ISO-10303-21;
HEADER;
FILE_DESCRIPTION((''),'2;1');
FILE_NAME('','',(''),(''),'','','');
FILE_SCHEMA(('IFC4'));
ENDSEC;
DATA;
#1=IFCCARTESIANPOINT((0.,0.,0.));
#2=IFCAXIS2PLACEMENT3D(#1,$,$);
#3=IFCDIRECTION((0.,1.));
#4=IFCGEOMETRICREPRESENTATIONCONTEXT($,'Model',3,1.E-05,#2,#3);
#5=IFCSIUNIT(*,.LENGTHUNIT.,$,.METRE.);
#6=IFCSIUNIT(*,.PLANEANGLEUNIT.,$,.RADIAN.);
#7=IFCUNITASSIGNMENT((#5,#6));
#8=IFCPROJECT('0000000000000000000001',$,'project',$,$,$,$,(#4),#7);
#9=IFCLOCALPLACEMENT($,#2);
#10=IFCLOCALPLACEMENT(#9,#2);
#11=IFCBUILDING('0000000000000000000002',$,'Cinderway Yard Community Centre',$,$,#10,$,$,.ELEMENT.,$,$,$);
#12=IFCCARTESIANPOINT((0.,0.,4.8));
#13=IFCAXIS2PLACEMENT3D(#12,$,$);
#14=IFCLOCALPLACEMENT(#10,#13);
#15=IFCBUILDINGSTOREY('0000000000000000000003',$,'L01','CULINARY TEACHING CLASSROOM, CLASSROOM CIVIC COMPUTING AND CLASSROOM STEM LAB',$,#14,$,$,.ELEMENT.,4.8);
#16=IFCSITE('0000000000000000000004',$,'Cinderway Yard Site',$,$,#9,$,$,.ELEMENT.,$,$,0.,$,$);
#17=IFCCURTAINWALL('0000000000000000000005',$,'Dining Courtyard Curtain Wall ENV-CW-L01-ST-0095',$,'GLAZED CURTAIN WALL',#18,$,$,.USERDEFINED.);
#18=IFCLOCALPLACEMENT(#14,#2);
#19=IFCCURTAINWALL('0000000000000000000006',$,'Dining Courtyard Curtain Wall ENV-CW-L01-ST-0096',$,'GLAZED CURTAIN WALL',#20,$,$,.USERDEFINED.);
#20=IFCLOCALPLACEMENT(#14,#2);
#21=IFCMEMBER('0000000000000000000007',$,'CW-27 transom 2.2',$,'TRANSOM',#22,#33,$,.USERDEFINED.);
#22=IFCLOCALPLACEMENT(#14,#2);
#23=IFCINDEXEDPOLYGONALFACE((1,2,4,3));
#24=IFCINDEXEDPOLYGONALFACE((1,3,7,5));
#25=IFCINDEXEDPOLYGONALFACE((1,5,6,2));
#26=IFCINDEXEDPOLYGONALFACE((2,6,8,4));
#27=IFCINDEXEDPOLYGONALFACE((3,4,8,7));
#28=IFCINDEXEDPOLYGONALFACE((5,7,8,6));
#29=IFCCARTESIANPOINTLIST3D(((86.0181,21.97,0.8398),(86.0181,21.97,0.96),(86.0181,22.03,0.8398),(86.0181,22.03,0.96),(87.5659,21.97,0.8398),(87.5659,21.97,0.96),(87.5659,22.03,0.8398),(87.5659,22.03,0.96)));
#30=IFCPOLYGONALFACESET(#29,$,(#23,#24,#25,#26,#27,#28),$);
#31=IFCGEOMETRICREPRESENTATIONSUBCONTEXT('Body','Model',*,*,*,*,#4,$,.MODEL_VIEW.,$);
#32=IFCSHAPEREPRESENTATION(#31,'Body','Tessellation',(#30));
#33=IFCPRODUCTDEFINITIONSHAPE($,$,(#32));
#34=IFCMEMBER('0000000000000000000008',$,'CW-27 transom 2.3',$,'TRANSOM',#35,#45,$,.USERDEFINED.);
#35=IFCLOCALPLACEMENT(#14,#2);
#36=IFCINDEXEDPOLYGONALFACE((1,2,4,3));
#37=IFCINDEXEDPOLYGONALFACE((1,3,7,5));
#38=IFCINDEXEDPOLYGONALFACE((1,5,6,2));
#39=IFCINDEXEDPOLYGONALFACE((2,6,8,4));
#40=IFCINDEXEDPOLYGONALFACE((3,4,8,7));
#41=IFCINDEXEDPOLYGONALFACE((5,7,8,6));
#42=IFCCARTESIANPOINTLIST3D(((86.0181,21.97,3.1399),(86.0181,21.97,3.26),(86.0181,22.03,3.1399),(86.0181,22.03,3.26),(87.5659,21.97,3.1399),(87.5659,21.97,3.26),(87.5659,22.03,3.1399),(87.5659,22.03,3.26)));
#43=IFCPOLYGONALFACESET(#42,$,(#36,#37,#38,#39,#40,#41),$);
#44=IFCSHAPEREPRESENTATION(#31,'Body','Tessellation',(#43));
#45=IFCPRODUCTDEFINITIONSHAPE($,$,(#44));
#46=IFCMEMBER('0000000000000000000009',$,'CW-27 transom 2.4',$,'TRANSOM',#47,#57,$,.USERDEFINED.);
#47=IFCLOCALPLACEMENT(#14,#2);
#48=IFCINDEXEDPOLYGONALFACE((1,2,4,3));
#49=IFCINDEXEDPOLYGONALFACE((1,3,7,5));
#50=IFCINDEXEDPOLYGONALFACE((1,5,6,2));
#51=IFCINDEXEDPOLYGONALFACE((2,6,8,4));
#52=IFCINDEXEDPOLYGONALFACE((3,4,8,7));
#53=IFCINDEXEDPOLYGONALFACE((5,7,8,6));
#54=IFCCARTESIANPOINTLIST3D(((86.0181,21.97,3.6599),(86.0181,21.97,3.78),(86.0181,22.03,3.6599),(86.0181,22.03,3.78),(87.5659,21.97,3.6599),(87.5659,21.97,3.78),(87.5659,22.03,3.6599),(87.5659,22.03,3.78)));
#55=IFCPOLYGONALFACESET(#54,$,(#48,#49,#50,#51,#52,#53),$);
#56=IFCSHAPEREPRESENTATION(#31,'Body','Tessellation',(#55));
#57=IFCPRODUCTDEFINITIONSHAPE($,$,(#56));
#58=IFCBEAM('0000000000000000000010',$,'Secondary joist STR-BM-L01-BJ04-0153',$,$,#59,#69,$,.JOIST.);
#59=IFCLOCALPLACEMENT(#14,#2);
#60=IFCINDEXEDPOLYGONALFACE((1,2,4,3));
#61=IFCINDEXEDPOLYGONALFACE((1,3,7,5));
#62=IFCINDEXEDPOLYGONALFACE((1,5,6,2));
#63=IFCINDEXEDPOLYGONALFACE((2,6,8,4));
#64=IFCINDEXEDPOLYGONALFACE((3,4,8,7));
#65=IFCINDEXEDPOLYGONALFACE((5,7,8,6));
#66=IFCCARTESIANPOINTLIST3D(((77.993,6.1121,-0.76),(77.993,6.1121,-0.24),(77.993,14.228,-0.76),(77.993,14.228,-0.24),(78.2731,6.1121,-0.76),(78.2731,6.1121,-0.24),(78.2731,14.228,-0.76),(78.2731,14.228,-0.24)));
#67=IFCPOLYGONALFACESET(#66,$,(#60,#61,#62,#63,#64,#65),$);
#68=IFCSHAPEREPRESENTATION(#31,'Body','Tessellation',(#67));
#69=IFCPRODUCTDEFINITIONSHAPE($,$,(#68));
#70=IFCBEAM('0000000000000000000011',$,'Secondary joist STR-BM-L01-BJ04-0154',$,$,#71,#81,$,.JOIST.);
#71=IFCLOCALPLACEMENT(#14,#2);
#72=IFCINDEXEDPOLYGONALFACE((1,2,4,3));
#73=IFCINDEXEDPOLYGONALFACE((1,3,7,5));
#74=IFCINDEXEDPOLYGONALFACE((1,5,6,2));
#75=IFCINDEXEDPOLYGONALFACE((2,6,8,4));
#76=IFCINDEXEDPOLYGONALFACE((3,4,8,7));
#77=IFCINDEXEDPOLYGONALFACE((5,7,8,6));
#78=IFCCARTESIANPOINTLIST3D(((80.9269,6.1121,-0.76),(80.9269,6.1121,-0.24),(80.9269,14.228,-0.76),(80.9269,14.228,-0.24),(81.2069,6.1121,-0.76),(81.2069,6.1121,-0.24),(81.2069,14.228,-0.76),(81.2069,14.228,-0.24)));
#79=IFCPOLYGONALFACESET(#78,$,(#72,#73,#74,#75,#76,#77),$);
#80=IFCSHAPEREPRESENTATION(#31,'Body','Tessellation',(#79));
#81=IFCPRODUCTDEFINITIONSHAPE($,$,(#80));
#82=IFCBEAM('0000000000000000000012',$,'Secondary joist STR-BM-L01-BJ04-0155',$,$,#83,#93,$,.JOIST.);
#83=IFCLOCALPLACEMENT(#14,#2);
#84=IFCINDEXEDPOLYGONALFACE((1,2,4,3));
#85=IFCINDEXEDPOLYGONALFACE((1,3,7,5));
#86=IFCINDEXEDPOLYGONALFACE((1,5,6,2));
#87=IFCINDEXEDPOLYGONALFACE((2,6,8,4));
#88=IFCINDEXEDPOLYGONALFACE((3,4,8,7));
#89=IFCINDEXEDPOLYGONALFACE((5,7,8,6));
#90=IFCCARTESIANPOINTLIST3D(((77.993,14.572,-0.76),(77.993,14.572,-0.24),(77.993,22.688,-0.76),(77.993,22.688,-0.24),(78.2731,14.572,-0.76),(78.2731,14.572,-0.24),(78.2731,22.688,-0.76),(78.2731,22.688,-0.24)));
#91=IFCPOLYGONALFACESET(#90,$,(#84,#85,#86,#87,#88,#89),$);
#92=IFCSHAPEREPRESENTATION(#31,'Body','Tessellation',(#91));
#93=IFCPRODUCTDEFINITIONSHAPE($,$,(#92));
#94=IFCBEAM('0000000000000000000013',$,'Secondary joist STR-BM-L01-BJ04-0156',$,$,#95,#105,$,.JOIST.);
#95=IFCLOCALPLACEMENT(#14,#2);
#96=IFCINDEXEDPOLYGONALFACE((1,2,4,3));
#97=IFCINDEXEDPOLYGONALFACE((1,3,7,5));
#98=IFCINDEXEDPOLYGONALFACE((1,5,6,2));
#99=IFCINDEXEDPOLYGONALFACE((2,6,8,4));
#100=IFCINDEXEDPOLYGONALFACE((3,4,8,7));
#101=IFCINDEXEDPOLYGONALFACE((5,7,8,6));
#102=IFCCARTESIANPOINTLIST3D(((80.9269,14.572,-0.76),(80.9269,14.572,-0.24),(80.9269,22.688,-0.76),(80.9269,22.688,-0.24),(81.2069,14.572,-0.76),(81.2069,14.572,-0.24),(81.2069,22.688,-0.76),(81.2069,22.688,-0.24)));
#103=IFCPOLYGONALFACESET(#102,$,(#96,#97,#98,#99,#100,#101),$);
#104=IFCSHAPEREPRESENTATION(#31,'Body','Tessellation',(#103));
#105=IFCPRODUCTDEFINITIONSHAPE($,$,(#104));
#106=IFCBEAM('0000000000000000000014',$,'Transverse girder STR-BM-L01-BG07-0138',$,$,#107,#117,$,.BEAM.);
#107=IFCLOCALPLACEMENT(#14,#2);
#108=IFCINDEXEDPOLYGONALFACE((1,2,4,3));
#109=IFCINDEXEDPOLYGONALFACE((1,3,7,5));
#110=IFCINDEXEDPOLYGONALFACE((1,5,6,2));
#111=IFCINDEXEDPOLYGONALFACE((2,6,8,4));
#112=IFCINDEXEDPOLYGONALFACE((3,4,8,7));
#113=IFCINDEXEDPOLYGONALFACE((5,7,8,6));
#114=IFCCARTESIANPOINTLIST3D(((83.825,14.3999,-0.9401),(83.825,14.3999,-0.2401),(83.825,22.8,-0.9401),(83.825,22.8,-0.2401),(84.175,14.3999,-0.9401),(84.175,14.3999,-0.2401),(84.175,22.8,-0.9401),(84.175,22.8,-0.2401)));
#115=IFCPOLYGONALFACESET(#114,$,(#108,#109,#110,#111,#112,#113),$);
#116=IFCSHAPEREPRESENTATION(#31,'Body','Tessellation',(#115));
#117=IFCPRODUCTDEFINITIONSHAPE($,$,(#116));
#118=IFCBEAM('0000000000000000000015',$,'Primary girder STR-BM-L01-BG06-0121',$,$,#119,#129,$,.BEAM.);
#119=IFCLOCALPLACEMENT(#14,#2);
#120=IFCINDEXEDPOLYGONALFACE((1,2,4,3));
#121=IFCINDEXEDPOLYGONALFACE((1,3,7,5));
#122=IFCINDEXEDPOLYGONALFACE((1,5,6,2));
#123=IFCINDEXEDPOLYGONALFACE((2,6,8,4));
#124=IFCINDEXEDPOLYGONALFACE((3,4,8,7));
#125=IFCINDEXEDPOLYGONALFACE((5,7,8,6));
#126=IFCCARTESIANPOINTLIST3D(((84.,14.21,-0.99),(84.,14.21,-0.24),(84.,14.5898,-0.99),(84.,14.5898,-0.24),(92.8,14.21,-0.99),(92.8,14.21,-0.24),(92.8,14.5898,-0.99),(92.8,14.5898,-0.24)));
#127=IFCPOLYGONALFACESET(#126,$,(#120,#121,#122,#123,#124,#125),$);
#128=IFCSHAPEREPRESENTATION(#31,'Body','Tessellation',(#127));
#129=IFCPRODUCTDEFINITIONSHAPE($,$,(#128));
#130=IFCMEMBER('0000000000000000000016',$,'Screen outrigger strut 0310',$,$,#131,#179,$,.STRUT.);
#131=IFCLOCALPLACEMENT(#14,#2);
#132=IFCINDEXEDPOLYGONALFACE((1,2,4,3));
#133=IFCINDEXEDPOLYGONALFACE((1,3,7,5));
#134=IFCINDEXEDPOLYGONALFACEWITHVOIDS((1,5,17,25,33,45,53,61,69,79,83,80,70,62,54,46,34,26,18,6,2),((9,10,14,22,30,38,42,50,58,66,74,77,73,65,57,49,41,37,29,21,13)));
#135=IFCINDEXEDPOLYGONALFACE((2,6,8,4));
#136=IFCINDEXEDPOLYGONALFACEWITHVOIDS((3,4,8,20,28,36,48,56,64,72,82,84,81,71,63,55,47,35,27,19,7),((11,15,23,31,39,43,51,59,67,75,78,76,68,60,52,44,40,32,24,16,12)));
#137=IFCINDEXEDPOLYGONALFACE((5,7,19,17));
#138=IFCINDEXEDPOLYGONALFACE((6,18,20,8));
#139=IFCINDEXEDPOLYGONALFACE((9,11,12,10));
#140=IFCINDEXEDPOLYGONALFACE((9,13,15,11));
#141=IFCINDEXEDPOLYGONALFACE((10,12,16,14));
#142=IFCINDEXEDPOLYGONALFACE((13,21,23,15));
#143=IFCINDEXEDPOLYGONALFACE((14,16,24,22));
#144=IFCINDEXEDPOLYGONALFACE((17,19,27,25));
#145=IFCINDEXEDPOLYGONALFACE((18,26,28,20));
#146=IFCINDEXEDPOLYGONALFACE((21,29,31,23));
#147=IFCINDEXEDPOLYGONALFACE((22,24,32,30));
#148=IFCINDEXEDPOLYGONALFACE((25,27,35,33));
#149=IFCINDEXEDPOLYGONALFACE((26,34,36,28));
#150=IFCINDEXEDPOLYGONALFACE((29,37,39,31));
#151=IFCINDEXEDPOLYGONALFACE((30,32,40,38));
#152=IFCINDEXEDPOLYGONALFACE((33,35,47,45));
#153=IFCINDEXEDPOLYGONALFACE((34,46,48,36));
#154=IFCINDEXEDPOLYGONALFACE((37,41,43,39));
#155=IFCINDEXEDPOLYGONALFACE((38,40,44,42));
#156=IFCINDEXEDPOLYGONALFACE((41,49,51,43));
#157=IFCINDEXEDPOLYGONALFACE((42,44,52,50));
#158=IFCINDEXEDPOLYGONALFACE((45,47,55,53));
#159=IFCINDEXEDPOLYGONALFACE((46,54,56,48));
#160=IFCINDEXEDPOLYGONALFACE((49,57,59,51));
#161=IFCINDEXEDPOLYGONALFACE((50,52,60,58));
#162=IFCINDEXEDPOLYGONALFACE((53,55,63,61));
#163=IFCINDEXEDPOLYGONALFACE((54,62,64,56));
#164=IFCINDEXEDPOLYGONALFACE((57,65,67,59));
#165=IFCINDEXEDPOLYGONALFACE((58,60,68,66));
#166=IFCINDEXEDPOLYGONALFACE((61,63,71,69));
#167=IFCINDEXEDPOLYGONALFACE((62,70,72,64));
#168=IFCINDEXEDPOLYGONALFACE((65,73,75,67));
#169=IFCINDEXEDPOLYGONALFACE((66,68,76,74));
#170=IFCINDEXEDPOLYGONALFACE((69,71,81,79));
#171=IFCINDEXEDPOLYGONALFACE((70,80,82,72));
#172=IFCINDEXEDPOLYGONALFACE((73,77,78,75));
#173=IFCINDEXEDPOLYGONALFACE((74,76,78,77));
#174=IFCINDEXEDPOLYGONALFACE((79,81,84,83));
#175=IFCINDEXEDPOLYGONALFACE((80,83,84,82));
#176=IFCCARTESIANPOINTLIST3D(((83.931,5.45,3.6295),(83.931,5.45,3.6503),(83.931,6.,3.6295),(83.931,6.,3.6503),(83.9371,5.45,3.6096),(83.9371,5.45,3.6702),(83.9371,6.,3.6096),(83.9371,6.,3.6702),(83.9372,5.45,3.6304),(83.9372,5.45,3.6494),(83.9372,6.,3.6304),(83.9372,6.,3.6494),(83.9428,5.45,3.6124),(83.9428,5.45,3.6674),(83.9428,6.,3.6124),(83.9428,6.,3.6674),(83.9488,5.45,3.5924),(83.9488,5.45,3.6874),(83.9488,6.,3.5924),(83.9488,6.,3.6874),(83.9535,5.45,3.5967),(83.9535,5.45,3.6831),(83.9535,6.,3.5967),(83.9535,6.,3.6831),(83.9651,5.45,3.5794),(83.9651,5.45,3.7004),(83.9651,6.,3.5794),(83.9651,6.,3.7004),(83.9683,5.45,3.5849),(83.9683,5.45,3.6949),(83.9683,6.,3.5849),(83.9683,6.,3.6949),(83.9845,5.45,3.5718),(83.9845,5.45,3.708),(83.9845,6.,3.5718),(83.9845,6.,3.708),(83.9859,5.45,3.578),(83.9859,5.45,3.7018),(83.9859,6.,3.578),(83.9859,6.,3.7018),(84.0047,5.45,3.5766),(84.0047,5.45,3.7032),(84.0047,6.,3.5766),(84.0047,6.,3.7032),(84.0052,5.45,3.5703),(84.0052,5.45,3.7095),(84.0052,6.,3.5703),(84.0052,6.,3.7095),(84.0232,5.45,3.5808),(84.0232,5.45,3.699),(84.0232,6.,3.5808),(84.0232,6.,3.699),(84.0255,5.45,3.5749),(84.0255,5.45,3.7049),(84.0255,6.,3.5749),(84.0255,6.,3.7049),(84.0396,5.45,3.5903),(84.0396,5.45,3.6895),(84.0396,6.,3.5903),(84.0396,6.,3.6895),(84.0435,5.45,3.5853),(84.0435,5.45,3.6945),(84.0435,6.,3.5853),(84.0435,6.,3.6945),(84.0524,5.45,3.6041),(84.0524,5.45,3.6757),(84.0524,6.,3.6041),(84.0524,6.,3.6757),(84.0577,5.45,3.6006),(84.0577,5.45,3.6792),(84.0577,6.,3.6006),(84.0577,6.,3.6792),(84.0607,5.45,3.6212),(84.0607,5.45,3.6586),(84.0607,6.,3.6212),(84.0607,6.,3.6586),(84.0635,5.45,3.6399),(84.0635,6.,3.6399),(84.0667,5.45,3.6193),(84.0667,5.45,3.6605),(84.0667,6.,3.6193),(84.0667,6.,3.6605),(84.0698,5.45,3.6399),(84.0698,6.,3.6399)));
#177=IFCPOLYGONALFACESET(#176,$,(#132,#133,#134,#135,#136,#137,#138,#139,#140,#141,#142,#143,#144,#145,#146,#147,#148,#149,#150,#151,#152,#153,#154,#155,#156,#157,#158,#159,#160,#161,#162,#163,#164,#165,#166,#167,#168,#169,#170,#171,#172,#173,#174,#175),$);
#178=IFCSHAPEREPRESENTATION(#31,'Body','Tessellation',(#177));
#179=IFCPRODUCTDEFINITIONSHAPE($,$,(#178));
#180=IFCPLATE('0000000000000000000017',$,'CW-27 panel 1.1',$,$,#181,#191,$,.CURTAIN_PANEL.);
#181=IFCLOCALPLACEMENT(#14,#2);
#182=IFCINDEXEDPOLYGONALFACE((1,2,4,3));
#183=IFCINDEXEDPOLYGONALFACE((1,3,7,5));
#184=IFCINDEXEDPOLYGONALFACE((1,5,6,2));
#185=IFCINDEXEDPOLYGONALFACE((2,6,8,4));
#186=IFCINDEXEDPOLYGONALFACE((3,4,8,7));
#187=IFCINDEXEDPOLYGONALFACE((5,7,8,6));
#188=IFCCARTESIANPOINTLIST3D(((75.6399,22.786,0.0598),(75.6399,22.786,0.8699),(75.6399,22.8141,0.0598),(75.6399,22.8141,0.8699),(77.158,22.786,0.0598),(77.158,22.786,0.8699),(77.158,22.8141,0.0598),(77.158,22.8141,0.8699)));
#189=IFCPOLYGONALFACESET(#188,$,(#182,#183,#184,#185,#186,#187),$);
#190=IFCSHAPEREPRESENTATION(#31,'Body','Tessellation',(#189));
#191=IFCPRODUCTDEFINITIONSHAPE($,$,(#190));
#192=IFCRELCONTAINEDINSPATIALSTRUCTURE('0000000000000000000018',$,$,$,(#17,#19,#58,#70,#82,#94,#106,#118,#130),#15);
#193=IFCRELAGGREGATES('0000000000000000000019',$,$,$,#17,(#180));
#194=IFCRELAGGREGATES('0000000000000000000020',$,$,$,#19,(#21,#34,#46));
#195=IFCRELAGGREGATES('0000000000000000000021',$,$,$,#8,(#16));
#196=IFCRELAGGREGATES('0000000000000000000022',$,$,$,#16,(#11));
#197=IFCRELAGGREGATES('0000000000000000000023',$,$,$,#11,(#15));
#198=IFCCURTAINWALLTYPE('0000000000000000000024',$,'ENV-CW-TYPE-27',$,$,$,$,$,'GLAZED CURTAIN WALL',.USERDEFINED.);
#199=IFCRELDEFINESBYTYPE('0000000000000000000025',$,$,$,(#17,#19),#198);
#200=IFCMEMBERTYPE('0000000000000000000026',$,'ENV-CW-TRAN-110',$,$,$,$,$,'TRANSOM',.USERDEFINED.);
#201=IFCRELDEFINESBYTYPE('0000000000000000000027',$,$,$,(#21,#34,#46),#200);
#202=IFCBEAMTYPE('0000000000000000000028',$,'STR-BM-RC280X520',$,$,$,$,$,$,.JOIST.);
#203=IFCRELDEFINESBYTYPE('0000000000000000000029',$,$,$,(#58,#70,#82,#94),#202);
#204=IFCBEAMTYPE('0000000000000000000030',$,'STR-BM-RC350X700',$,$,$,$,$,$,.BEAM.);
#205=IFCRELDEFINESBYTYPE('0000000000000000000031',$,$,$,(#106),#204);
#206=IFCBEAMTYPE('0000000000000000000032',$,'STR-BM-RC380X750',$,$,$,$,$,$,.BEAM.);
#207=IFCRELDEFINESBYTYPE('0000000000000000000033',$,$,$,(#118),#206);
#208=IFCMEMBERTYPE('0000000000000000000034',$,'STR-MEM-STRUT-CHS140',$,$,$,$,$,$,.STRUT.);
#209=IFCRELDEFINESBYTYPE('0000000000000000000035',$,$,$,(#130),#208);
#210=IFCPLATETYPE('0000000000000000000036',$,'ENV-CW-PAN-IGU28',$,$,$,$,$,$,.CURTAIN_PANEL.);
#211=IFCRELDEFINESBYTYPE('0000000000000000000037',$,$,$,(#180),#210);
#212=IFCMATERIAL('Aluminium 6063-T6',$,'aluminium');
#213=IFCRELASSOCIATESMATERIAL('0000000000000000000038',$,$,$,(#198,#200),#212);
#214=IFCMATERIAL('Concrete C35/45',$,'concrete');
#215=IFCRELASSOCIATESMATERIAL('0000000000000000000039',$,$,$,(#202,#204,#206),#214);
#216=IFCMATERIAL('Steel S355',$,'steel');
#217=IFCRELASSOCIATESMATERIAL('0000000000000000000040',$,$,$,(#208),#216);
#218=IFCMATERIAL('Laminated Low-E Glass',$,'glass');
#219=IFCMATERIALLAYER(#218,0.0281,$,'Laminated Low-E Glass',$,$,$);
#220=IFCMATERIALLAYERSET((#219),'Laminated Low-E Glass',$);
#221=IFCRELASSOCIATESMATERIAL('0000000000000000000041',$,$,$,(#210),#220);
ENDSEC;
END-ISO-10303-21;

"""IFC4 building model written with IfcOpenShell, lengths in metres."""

from ifc_helpers import new_model, si_unit, direction, frame, origin, origin_2d, place, context, subcontext, project, spatial, rectangle, hollow_circle, extrude, material, layer, layer_set, material_profile, profile_set, type_object, element, aggregate, save


model = new_model("IFC4")

# Units and contexts
model_context = context("Model", 3, precision=1e-05, world=origin(), true_north=direction((0.0, 1.0)))
body_context = subcontext(model_context, "Body", "Model", "MODEL_VIEW")
ifc_project = project(units=[si_unit("LENGTHUNIT", "METRE"), si_unit("PLANEANGLEUNIT", "RADIAN")], contexts=[model_context])

# Site, building, storey
site_placement = place(None, origin())
site = spatial("IfcSite", under=ifc_project, at=site_placement, Name="Cinderway Yard Site", CompositionType="ELEMENT", RefElevation=0.0)
building_placement = place(site_placement, origin())
building = spatial("IfcBuilding", under=site, at=building_placement, Name="Cinderway Yard Community Centre", CompositionType="ELEMENT")
storey_placement = place(building_placement, frame((0.0, 0.0, 4.8)))
storey = spatial("IfcBuildingStorey", under=building, at=storey_placement, Name="L01", Description="CULINARY TEACHING CLASSROOM, CLASSROOM CIVIC COMPUTING AND CLASSROOM STEM LAB", CompositionType="ELEMENT", Elevation=4.8)

# Curtain walls
ifc_material_1 = material(Name="Aluminium 6063-T6", Category="aluminium")
curtain_wall_type = type_object("IfcCurtainWallType", Name="ENV-CW-TYPE-27", ElementType="GLAZED CURTAIN WALL", PredefinedType="USERDEFINED", material=ifc_material_1)
curtain_wall_1_placement = place(storey_placement, origin())
curtain_wall_1 = element("IfcCurtainWall", 1, at=curtain_wall_1_placement, inside=storey, type_object=curtain_wall_type, Name="Dining Courtyard Curtain Wall ENV-CW-L01-ST-0095", ObjectType="GLAZED CURTAIN WALL", PredefinedType="USERDEFINED")
curtain_wall_2_placement = place(storey_placement, origin())
curtain_wall_2 = element("IfcCurtainWall", 2, at=curtain_wall_2_placement, inside=storey, type_object=curtain_wall_type, Name="Dining Courtyard Curtain Wall ENV-CW-L01-ST-0096", ObjectType="GLAZED CURTAIN WALL", PredefinedType="USERDEFINED")

# Members
ifc_material_profile_1 = material_profile(ifc_material_1, rectangle(XDim=0.0601, YDim=0.1201, at=origin_2d()), Name="Aluminium 6063-T6")
ifc_profile_set_1 = profile_set([ifc_material_profile_1], Name="Aluminium 6063-T6")
member_type_1 = type_object("IfcMemberType", Name="ENV-CW-TRAN-110", ElementType="TRANSOM", PredefinedType="USERDEFINED", material=ifc_profile_set_1)
member_1_placement = place(storey_placement, frame((86.0181, 22.0, 0.8999), z_axis=(1.0, 0.0, 0.0), x_axis=(0.0, 1.0, 0.0)))
member_1 = element("IfcMember", 3, at=member_1_placement, type_object=member_type_1, Name="CW-27 transom 2.2", ObjectType="TRANSOM", PredefinedType="USERDEFINED", context=body_context, shape_type="SweptSolid", body=[
    extrude(rectangle(XDim=0.0601, YDim=0.1201, at=origin_2d()), origin(), (0.0, 0.0, 1.0), 1.5479),
])
member_2_placement = place(storey_placement, frame((86.0181, 22.0, 3.2), z_axis=(1.0, 0.0, 0.0), x_axis=(0.0, 1.0, 0.0)))
member_2 = element("IfcMember", 4, at=member_2_placement, type_object=member_type_1, Name="CW-27 transom 2.3", ObjectType="TRANSOM", PredefinedType="USERDEFINED", context=body_context, shape_type="SweptSolid", body=[
    extrude(rectangle(XDim=0.0601, YDim=0.1201, at=origin_2d()), origin(), (0.0, 0.0, 1.0), 1.5479),
])
member_3_placement = place(storey_placement, frame((86.0181, 22.0, 3.72), z_axis=(1.0, 0.0, 0.0), x_axis=(0.0, 1.0, 0.0)))
member_3 = element("IfcMember", 5, at=member_3_placement, type_object=member_type_1, Name="CW-27 transom 2.4", ObjectType="TRANSOM", PredefinedType="USERDEFINED", context=body_context, shape_type="SweptSolid", body=[
    extrude(rectangle(XDim=0.0601, YDim=0.1201, at=origin_2d()), origin(), (0.0, 0.0, 1.0), 1.5479),
])

# Beams
ifc_material_2 = material(Name="Concrete C35/45", Category="concrete")
ifc_material_profile_2 = material_profile(ifc_material_2, rectangle(XDim=0.28, YDim=0.52, at=origin_2d()), Name="Concrete C35/45")
ifc_profile_set_2 = profile_set([ifc_material_profile_2], Name="Concrete C35/45")
beam_type_1 = type_object("IfcBeamType", Name="STR-BM-RC280X520", PredefinedType="JOIST", material=ifc_profile_set_2)
for number, where, z_axis, x_axis, name in (
    (6, (78.1331, 6.1121, -0.5), (0.0, 1.0, 0.0), (-1.0, 0.0, 0.0), "Secondary joist STR-BM-L01-BJ04-0153"),
    (7, (81.0669, 6.1121, -0.5), (0.0, 1.0, 0.0), (-1.0, 0.0, 0.0), "Secondary joist STR-BM-L01-BJ04-0154"),
    (8, (78.1331, 14.572, -0.5), (0.0, 1.0, 0.0), (-1.0, 0.0, 0.0), "Secondary joist STR-BM-L01-BJ04-0155"),
    (9, (81.0669, 14.572, -0.5), (0.0, 1.0, 0.0), (-1.0, 0.0, 0.0), "Secondary joist STR-BM-L01-BJ04-0156"),
):
    element("IfcBeam", number, at=place(storey_placement, frame(where, z_axis=z_axis, x_axis=x_axis)), inside=storey, type_object=beam_type_1, Name=name, PredefinedType="JOIST", context=body_context, shape_type="SweptSolid", body=[
        extrude(rectangle(XDim=0.28, YDim=0.52, at=origin_2d()), origin(), (0.0, 0.0, 1.0), 8.116),
    ])
ifc_material_profile_3 = material_profile(ifc_material_2, rectangle(XDim=0.3501, YDim=0.7, at=origin_2d()), Name="Concrete C35/45")
ifc_profile_set_3 = profile_set([ifc_material_profile_3], Name="Concrete C35/45")
beam_type_2 = type_object("IfcBeamType", Name="STR-BM-RC350X700", PredefinedType="BEAM", material=ifc_profile_set_3)
beam_1_placement = place(storey_placement, frame((84.0, 14.3999, -0.5901), z_axis=(0.0, 1.0, 0.0), x_axis=(-1.0, 0.0, 0.0)))
element("IfcBeam", 10, at=beam_1_placement, inside=storey, type_object=beam_type_2, Name="Transverse girder STR-BM-L01-BG07-0138", PredefinedType="BEAM", context=body_context, shape_type="SweptSolid", body=[
    extrude(rectangle(XDim=0.3501, YDim=0.7, at=origin_2d()), origin(), (0.0, 0.0, 1.0), 8.4001),
])
ifc_material_profile_4 = material_profile(ifc_material_2, rectangle(XDim=0.3799, YDim=0.75, at=origin_2d()), Name="Concrete C35/45")
ifc_profile_set_4 = profile_set([ifc_material_profile_4], Name="Concrete C35/45")
beam_type_3 = type_object("IfcBeamType", Name="STR-BM-RC380X750", PredefinedType="BEAM", material=ifc_profile_set_4)
beam_2_placement = place(storey_placement, frame((84.0, 14.3999, -0.615), z_axis=(1.0, 0.0, 0.0), x_axis=(0.0, 1.0, 0.0)))
element("IfcBeam", 11, at=beam_2_placement, inside=storey, type_object=beam_type_3, Name="Primary girder STR-BM-L01-BG06-0121", PredefinedType="BEAM", context=body_context, shape_type="SweptSolid", body=[
    extrude(rectangle(XDim=0.3799, YDim=0.75, at=origin_2d()), origin(), (0.0, 0.0, 1.0), 8.8),
])

# Member
ifc_material_3 = material(Name="Steel S355", Category="steel")
ifc_material_profile_5 = material_profile(ifc_material_3, hollow_circle(Radius=0.0698, WallThickness=0.0063, at=origin_2d()), Name="Steel S355")
ifc_profile_set_5 = profile_set([ifc_material_profile_5], Name="Steel S355")
member_type_2 = type_object("IfcMemberType", Name="STR-MEM-STRUT-CHS140", PredefinedType="STRUT", material=ifc_profile_set_5)
member_4_placement = place(storey_placement, frame((84.0, 6.0, 3.6399), z_axis=(0.0, -1.0, 0.0), x_axis=(1.0, 0.0, 0.0)))
element("IfcMember", 12, at=member_4_placement, inside=storey, type_object=member_type_2, Name="Screen outrigger strut 0310", PredefinedType="STRUT", context=body_context, shape_type="SweptSolid", body=[
    extrude(hollow_circle(Radius=0.0698, WallThickness=0.0063, at=origin_2d()), origin(), (0.0, 0.0, 1.0), 0.55),
])

# Plate
ifc_material_4 = material(Name="Laminated Low-E Glass", Category="glass")
ifc_layer_1 = layer(ifc_material_4, 0.0281, Name="Laminated Low-E Glass")
ifc_layer_set_1 = layer_set([ifc_layer_1], Name="Laminated Low-E Glass")
plate_type = type_object("IfcPlateType", Name="ENV-CW-PAN-IGU28", PredefinedType="CURTAIN_PANEL", material=ifc_layer_set_1)
plate_1_placement = place(storey_placement, frame((76.3989, 22.8, 0.0598), z_axis=(0.0, 0.0, 1.0), x_axis=(1.0, 0.0, 0.0)))
plate_1 = element("IfcPlate", 13, at=plate_1_placement, type_object=plate_type, Name="CW-27 panel 1.1", PredefinedType="CURTAIN_PANEL", context=body_context, shape_type="SweptSolid", body=[
    extrude(rectangle(XDim=1.5181, YDim=0.0281, at=origin_2d()), origin(), (0.0, 0.0, 1.0), 0.8101),
])
aggregate(curtain_wall_1, [plate_1])
aggregate(curtain_wall_2, [member_1, member_2, member_3])

save(model, "model.ifc")
